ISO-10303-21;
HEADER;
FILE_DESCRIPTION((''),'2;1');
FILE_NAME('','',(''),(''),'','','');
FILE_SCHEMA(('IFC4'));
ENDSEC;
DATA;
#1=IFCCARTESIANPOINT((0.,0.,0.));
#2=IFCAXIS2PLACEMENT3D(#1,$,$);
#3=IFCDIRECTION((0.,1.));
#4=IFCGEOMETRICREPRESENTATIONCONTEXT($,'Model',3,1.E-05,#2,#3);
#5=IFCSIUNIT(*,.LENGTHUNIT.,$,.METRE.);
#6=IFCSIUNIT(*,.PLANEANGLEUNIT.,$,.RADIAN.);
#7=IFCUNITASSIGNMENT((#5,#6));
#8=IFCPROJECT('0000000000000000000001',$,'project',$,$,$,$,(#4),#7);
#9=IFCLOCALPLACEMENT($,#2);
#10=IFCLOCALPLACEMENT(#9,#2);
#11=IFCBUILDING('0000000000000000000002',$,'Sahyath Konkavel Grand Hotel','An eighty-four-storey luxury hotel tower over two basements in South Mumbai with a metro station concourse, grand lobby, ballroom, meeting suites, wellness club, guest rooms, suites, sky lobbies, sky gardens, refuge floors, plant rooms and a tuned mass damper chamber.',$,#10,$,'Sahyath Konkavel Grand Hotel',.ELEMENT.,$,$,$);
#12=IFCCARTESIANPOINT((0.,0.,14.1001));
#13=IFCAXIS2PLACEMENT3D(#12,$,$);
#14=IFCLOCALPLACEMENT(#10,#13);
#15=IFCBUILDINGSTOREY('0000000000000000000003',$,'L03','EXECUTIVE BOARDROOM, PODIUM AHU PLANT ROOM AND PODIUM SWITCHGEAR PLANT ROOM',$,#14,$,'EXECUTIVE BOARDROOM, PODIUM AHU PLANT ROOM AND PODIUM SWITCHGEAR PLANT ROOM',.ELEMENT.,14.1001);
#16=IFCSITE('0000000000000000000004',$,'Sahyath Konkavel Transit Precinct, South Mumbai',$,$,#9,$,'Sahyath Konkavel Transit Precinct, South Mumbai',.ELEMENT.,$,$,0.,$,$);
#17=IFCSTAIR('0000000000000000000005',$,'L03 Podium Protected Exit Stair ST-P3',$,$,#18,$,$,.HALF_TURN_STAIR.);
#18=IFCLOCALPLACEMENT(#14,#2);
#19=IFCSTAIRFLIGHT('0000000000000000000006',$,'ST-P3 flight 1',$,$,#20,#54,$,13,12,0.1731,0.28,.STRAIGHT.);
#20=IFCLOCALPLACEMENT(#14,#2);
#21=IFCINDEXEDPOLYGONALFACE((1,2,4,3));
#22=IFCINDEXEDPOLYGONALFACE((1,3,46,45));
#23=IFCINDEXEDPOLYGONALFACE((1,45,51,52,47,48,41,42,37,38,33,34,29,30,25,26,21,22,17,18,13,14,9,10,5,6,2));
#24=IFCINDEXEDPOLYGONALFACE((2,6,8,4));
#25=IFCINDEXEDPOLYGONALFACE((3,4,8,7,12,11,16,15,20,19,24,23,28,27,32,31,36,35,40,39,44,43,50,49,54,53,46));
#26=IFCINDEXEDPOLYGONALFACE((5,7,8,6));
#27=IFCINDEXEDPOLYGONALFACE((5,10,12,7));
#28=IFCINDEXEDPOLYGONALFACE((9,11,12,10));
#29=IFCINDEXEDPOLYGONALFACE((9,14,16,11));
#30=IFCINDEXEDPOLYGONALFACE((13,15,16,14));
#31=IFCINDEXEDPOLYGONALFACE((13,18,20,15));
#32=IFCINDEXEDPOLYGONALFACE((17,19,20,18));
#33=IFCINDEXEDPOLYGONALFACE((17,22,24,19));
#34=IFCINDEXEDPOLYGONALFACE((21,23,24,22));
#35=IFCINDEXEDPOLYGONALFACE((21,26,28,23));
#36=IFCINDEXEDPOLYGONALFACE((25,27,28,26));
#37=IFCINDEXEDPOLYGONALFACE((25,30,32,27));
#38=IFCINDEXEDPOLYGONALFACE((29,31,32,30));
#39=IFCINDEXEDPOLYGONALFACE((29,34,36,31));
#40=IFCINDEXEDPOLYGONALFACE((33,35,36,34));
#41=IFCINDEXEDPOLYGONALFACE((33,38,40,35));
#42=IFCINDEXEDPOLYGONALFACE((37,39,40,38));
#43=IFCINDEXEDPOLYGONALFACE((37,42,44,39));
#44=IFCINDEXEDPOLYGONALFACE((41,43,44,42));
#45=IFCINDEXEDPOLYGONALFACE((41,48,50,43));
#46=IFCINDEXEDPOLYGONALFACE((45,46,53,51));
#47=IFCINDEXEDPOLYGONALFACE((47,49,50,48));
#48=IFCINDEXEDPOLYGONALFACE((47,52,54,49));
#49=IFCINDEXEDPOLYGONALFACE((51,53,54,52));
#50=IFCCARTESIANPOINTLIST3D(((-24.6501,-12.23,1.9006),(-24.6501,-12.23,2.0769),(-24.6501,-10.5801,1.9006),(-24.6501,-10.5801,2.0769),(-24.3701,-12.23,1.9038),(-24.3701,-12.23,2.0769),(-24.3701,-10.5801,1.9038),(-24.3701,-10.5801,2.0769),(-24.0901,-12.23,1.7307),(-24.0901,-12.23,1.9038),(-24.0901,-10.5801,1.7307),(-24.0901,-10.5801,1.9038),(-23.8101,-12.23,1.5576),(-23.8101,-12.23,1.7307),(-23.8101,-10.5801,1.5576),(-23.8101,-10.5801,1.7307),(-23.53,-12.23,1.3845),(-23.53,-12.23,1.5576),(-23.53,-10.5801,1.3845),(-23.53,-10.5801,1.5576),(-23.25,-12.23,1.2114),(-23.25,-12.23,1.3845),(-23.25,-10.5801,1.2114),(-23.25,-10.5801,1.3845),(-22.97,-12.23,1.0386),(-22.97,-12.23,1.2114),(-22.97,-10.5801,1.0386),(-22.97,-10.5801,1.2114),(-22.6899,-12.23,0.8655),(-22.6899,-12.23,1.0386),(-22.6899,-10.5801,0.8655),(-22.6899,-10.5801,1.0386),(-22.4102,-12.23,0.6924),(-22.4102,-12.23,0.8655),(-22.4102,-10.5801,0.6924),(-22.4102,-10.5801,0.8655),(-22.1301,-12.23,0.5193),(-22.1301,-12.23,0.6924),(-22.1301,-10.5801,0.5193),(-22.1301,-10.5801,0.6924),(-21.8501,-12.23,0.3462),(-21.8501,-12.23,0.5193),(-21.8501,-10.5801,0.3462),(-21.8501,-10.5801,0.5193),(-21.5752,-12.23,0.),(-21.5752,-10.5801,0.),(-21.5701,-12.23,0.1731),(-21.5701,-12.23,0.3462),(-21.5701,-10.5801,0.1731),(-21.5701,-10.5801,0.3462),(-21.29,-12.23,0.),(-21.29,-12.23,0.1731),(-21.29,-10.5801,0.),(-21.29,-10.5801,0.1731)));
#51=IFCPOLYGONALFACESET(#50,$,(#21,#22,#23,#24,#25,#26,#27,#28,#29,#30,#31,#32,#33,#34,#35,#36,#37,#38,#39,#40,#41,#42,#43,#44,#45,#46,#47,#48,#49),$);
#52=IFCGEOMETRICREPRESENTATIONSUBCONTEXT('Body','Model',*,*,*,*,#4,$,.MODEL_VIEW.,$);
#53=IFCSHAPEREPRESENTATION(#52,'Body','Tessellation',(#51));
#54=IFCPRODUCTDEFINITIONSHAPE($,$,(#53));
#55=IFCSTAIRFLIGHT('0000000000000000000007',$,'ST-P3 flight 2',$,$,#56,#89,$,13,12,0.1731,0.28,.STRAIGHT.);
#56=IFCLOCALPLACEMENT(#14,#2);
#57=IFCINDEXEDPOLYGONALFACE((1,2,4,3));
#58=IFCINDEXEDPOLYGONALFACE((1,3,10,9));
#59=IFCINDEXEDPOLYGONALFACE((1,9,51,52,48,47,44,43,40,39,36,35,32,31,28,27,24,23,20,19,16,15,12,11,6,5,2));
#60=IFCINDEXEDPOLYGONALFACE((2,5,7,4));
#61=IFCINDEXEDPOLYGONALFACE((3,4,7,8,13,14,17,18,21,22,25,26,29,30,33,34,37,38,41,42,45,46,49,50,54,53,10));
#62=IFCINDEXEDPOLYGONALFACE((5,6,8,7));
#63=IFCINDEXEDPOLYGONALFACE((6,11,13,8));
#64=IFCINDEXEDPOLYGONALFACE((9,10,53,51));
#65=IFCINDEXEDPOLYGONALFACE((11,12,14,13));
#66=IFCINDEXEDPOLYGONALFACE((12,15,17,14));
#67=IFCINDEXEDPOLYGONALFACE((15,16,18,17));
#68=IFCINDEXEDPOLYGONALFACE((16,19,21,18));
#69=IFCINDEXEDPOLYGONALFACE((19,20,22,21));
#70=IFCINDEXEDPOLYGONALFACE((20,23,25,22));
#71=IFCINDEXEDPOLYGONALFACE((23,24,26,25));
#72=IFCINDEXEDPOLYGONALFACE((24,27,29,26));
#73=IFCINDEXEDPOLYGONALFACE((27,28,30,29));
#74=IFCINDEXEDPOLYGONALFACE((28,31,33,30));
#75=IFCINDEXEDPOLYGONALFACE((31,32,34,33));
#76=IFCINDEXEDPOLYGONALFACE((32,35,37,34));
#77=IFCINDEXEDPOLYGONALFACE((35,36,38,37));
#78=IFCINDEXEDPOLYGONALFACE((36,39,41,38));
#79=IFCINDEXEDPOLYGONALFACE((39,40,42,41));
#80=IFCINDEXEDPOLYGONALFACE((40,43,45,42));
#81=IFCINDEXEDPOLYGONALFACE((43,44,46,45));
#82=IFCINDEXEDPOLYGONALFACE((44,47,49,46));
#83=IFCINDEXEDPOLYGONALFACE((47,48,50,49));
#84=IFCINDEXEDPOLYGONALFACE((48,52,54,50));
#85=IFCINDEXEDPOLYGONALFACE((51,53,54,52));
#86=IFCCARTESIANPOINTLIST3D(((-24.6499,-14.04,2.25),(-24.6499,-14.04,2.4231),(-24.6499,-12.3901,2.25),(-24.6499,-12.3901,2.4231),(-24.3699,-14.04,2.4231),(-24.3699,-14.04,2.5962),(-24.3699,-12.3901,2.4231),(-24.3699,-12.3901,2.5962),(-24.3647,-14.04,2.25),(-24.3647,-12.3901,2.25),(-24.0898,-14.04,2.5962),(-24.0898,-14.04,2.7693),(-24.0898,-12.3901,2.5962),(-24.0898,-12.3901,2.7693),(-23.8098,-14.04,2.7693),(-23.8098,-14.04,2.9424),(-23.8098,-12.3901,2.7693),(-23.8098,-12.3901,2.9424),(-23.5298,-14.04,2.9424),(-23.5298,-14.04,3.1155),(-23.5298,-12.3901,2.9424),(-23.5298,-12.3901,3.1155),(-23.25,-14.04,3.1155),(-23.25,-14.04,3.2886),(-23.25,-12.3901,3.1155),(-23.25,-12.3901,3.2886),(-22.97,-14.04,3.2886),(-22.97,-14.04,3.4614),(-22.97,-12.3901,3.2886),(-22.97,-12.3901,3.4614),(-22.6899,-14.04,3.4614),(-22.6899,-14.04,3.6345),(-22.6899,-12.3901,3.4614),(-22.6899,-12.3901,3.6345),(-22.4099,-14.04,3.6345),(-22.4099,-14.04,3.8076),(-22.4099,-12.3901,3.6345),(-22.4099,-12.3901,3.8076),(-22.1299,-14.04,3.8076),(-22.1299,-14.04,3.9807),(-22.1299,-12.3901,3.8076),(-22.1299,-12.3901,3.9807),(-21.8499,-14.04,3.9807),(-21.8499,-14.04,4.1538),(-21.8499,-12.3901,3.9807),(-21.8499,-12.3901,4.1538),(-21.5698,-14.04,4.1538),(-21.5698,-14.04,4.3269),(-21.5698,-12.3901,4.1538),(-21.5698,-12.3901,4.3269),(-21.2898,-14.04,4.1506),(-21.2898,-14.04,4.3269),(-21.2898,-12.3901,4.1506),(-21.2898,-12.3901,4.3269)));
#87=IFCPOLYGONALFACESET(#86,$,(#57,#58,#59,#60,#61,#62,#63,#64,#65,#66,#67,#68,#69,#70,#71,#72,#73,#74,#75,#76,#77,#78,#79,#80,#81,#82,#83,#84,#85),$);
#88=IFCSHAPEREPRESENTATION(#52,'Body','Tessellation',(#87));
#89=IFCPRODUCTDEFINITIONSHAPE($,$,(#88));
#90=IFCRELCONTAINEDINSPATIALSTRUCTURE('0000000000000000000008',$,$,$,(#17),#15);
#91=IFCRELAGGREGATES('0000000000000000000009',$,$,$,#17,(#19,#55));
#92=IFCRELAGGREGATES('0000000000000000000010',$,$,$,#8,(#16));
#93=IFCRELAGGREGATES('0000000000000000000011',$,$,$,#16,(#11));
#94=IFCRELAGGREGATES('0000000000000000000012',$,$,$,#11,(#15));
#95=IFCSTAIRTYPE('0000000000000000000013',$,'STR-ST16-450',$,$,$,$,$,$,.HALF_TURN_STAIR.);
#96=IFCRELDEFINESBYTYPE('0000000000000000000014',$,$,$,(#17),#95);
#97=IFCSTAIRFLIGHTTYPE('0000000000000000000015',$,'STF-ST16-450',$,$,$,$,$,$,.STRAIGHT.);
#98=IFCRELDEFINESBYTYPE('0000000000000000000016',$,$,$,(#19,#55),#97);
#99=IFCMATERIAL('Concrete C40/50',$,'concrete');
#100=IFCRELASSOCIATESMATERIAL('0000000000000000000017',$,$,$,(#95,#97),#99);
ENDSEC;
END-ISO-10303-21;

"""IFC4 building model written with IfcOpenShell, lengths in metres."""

from ifc_helpers import new_model, si_unit, direction, frame, origin, place, context, subcontext, project, spatial, polyline, outline, extrude, material, type_object, element, aggregate, save


model = new_model("IFC4")

# Units and contexts
model_context = context("Model", 3, precision=1e-05, world=origin(), true_north=direction((0.0, 1.0)))
body_context = subcontext(model_context, "Body", "Model", "MODEL_VIEW")
ifc_project = project(units=[si_unit("LENGTHUNIT", "METRE"), si_unit("PLANEANGLEUNIT", "RADIAN")], contexts=[model_context])

# Site, building, storey
site_placement = place(None, origin())
site = spatial("IfcSite", under=ifc_project, at=site_placement, Name="Sahyath Konkavel Transit Precinct, South Mumbai", LongName="Sahyath Konkavel Transit Precinct, South Mumbai", CompositionType="ELEMENT", RefElevation=0.0)
building_placement = place(site_placement, origin())
building = spatial("IfcBuilding", under=site, at=building_placement, Name="Sahyath Konkavel Grand Hotel", Description="An eighty-four-storey luxury hotel tower over two basements in South Mumbai with a metro station concourse, grand lobby, ballroom, meeting suites, wellness club, guest rooms, suites, sky lobbies, sky gardens, refuge floors, plant rooms and a tuned mass damper chamber.", LongName="Sahyath Konkavel Grand Hotel", CompositionType="ELEMENT")
storey_placement = place(building_placement, frame((0.0, 0.0, 14.1001)))
storey = spatial("IfcBuildingStorey", under=building, at=storey_placement, Name="L03", Description="EXECUTIVE BOARDROOM, PODIUM AHU PLANT ROOM AND PODIUM SWITCHGEAR PLANT ROOM", LongName="EXECUTIVE BOARDROOM, PODIUM AHU PLANT ROOM AND PODIUM SWITCHGEAR PLANT ROOM", CompositionType="ELEMENT", Elevation=14.1001)

# Shared definitions
ifc_material_1 = material(Name="Concrete C40/50", Category="concrete")

# Stair, stair flights
stair_type = type_object("IfcStairType", Name="STR-ST16-450", PredefinedType="HALF_TURN_STAIR", material=ifc_material_1)
stair_placement = place(storey_placement, origin())
stair = element("IfcStair", 1, at=stair_placement, inside=storey, type_object=stair_type, Name="L03 Podium Protected Exit Stair ST-P3", PredefinedType="HALF_TURN_STAIR")
stair_flight_type = type_object("IfcStairFlightType", Name="STF-ST16-450", PredefinedType="STRAIGHT", material=ifc_material_1)
stair_flight_1_placement = place(storey_placement, frame((-21.29, -11.405, 0.0), z_axis=(0.0, 0.0, 1.0), x_axis=(-1.0, 0.0, 0.0)))
stair_flight_1 = element("IfcStairFlight", 2, at=stair_flight_1_placement, type_object=stair_flight_type, Name="ST-P3 flight 1", NumberOfRisers=13, NumberOfTreads=12, PredefinedType="STRAIGHT", RiserHeight=0.1731, TreadLength=0.28, context=body_context, shape_type="SweptSolid", body=[
    extrude(outline(polyline([(0.0, 0.0), (0.0, 0.1731), (0.28, 0.1731), (0.28, 0.3462), (0.5601, 0.3462), (0.5601, 0.5193), (0.8401, 0.5193), (0.8401, 0.6924), (1.1201, 0.6924), (1.1201, 0.8655), (1.3999, 0.8655), (1.3999, 1.0386), (1.6799, 1.0386), (1.6799, 1.2114), (1.96, 1.2114), (1.96, 1.3845), (2.24, 1.3845), (2.24, 1.5576), (2.52, 1.5576), (2.52, 1.7307), (2.8, 1.7307), (2.8, 1.9038), (3.0801, 1.9038), (3.0801, 2.0769), (3.3601, 2.0769), (3.3601, 2.25), (3.3601, 1.9006), (0.2852, 0.0), (0.0, 0.0)])), frame((0.0, 0.825, 0.0), z_axis=(0.0, -1.0, 0.0), x_axis=(1.0, 0.0, 0.0)), (0.0, 0.0, 1.0), 1.6499),
])
stair_flight_2_placement = place(storey_placement, frame((-24.6499, -13.2151, 2.25), z_axis=(0.0, 0.0, 1.0), x_axis=(1.0, 0.0, 0.0)))
stair_flight_2 = element("IfcStairFlight", 3, at=stair_flight_2_placement, type_object=stair_flight_type, Name="ST-P3 flight 2", NumberOfRisers=13, NumberOfTreads=12, PredefinedType="STRAIGHT", RiserHeight=0.1731, TreadLength=0.28, context=body_context, shape_type="SweptSolid", body=[
    extrude(outline(polyline([(0.0, 0.0), (0.0, 0.1731), (0.28, 0.1731), (0.28, 0.3462), (0.5601, 0.3462), (0.5601, 0.5193), (0.8401, 0.5193), (0.8401, 0.6924), (1.1201, 0.6924), (1.1201, 0.8655), (1.3999, 0.8655), (1.3999, 1.0386), (1.6799, 1.0386), (1.6799, 1.2114), (1.96, 1.2114), (1.96, 1.3845), (2.24, 1.3845), (2.24, 1.5576), (2.52, 1.5576), (2.52, 1.7307), (2.8, 1.7307), (2.8, 1.9038), (3.0801, 1.9038), (3.0801, 2.0769), (3.3601, 2.0769), (3.3601, 2.25), (3.3601, 1.9006), (0.2852, 0.0), (0.0, 0.0)])), frame((0.0, 0.825, 0.0), z_axis=(0.0, -1.0, 0.0), x_axis=(1.0, 0.0, 0.0)), (0.0, 0.0, 1.0), 1.6499),
])
aggregate(stair, [stair_flight_1, stair_flight_2])

save(model, "model.ifc")
